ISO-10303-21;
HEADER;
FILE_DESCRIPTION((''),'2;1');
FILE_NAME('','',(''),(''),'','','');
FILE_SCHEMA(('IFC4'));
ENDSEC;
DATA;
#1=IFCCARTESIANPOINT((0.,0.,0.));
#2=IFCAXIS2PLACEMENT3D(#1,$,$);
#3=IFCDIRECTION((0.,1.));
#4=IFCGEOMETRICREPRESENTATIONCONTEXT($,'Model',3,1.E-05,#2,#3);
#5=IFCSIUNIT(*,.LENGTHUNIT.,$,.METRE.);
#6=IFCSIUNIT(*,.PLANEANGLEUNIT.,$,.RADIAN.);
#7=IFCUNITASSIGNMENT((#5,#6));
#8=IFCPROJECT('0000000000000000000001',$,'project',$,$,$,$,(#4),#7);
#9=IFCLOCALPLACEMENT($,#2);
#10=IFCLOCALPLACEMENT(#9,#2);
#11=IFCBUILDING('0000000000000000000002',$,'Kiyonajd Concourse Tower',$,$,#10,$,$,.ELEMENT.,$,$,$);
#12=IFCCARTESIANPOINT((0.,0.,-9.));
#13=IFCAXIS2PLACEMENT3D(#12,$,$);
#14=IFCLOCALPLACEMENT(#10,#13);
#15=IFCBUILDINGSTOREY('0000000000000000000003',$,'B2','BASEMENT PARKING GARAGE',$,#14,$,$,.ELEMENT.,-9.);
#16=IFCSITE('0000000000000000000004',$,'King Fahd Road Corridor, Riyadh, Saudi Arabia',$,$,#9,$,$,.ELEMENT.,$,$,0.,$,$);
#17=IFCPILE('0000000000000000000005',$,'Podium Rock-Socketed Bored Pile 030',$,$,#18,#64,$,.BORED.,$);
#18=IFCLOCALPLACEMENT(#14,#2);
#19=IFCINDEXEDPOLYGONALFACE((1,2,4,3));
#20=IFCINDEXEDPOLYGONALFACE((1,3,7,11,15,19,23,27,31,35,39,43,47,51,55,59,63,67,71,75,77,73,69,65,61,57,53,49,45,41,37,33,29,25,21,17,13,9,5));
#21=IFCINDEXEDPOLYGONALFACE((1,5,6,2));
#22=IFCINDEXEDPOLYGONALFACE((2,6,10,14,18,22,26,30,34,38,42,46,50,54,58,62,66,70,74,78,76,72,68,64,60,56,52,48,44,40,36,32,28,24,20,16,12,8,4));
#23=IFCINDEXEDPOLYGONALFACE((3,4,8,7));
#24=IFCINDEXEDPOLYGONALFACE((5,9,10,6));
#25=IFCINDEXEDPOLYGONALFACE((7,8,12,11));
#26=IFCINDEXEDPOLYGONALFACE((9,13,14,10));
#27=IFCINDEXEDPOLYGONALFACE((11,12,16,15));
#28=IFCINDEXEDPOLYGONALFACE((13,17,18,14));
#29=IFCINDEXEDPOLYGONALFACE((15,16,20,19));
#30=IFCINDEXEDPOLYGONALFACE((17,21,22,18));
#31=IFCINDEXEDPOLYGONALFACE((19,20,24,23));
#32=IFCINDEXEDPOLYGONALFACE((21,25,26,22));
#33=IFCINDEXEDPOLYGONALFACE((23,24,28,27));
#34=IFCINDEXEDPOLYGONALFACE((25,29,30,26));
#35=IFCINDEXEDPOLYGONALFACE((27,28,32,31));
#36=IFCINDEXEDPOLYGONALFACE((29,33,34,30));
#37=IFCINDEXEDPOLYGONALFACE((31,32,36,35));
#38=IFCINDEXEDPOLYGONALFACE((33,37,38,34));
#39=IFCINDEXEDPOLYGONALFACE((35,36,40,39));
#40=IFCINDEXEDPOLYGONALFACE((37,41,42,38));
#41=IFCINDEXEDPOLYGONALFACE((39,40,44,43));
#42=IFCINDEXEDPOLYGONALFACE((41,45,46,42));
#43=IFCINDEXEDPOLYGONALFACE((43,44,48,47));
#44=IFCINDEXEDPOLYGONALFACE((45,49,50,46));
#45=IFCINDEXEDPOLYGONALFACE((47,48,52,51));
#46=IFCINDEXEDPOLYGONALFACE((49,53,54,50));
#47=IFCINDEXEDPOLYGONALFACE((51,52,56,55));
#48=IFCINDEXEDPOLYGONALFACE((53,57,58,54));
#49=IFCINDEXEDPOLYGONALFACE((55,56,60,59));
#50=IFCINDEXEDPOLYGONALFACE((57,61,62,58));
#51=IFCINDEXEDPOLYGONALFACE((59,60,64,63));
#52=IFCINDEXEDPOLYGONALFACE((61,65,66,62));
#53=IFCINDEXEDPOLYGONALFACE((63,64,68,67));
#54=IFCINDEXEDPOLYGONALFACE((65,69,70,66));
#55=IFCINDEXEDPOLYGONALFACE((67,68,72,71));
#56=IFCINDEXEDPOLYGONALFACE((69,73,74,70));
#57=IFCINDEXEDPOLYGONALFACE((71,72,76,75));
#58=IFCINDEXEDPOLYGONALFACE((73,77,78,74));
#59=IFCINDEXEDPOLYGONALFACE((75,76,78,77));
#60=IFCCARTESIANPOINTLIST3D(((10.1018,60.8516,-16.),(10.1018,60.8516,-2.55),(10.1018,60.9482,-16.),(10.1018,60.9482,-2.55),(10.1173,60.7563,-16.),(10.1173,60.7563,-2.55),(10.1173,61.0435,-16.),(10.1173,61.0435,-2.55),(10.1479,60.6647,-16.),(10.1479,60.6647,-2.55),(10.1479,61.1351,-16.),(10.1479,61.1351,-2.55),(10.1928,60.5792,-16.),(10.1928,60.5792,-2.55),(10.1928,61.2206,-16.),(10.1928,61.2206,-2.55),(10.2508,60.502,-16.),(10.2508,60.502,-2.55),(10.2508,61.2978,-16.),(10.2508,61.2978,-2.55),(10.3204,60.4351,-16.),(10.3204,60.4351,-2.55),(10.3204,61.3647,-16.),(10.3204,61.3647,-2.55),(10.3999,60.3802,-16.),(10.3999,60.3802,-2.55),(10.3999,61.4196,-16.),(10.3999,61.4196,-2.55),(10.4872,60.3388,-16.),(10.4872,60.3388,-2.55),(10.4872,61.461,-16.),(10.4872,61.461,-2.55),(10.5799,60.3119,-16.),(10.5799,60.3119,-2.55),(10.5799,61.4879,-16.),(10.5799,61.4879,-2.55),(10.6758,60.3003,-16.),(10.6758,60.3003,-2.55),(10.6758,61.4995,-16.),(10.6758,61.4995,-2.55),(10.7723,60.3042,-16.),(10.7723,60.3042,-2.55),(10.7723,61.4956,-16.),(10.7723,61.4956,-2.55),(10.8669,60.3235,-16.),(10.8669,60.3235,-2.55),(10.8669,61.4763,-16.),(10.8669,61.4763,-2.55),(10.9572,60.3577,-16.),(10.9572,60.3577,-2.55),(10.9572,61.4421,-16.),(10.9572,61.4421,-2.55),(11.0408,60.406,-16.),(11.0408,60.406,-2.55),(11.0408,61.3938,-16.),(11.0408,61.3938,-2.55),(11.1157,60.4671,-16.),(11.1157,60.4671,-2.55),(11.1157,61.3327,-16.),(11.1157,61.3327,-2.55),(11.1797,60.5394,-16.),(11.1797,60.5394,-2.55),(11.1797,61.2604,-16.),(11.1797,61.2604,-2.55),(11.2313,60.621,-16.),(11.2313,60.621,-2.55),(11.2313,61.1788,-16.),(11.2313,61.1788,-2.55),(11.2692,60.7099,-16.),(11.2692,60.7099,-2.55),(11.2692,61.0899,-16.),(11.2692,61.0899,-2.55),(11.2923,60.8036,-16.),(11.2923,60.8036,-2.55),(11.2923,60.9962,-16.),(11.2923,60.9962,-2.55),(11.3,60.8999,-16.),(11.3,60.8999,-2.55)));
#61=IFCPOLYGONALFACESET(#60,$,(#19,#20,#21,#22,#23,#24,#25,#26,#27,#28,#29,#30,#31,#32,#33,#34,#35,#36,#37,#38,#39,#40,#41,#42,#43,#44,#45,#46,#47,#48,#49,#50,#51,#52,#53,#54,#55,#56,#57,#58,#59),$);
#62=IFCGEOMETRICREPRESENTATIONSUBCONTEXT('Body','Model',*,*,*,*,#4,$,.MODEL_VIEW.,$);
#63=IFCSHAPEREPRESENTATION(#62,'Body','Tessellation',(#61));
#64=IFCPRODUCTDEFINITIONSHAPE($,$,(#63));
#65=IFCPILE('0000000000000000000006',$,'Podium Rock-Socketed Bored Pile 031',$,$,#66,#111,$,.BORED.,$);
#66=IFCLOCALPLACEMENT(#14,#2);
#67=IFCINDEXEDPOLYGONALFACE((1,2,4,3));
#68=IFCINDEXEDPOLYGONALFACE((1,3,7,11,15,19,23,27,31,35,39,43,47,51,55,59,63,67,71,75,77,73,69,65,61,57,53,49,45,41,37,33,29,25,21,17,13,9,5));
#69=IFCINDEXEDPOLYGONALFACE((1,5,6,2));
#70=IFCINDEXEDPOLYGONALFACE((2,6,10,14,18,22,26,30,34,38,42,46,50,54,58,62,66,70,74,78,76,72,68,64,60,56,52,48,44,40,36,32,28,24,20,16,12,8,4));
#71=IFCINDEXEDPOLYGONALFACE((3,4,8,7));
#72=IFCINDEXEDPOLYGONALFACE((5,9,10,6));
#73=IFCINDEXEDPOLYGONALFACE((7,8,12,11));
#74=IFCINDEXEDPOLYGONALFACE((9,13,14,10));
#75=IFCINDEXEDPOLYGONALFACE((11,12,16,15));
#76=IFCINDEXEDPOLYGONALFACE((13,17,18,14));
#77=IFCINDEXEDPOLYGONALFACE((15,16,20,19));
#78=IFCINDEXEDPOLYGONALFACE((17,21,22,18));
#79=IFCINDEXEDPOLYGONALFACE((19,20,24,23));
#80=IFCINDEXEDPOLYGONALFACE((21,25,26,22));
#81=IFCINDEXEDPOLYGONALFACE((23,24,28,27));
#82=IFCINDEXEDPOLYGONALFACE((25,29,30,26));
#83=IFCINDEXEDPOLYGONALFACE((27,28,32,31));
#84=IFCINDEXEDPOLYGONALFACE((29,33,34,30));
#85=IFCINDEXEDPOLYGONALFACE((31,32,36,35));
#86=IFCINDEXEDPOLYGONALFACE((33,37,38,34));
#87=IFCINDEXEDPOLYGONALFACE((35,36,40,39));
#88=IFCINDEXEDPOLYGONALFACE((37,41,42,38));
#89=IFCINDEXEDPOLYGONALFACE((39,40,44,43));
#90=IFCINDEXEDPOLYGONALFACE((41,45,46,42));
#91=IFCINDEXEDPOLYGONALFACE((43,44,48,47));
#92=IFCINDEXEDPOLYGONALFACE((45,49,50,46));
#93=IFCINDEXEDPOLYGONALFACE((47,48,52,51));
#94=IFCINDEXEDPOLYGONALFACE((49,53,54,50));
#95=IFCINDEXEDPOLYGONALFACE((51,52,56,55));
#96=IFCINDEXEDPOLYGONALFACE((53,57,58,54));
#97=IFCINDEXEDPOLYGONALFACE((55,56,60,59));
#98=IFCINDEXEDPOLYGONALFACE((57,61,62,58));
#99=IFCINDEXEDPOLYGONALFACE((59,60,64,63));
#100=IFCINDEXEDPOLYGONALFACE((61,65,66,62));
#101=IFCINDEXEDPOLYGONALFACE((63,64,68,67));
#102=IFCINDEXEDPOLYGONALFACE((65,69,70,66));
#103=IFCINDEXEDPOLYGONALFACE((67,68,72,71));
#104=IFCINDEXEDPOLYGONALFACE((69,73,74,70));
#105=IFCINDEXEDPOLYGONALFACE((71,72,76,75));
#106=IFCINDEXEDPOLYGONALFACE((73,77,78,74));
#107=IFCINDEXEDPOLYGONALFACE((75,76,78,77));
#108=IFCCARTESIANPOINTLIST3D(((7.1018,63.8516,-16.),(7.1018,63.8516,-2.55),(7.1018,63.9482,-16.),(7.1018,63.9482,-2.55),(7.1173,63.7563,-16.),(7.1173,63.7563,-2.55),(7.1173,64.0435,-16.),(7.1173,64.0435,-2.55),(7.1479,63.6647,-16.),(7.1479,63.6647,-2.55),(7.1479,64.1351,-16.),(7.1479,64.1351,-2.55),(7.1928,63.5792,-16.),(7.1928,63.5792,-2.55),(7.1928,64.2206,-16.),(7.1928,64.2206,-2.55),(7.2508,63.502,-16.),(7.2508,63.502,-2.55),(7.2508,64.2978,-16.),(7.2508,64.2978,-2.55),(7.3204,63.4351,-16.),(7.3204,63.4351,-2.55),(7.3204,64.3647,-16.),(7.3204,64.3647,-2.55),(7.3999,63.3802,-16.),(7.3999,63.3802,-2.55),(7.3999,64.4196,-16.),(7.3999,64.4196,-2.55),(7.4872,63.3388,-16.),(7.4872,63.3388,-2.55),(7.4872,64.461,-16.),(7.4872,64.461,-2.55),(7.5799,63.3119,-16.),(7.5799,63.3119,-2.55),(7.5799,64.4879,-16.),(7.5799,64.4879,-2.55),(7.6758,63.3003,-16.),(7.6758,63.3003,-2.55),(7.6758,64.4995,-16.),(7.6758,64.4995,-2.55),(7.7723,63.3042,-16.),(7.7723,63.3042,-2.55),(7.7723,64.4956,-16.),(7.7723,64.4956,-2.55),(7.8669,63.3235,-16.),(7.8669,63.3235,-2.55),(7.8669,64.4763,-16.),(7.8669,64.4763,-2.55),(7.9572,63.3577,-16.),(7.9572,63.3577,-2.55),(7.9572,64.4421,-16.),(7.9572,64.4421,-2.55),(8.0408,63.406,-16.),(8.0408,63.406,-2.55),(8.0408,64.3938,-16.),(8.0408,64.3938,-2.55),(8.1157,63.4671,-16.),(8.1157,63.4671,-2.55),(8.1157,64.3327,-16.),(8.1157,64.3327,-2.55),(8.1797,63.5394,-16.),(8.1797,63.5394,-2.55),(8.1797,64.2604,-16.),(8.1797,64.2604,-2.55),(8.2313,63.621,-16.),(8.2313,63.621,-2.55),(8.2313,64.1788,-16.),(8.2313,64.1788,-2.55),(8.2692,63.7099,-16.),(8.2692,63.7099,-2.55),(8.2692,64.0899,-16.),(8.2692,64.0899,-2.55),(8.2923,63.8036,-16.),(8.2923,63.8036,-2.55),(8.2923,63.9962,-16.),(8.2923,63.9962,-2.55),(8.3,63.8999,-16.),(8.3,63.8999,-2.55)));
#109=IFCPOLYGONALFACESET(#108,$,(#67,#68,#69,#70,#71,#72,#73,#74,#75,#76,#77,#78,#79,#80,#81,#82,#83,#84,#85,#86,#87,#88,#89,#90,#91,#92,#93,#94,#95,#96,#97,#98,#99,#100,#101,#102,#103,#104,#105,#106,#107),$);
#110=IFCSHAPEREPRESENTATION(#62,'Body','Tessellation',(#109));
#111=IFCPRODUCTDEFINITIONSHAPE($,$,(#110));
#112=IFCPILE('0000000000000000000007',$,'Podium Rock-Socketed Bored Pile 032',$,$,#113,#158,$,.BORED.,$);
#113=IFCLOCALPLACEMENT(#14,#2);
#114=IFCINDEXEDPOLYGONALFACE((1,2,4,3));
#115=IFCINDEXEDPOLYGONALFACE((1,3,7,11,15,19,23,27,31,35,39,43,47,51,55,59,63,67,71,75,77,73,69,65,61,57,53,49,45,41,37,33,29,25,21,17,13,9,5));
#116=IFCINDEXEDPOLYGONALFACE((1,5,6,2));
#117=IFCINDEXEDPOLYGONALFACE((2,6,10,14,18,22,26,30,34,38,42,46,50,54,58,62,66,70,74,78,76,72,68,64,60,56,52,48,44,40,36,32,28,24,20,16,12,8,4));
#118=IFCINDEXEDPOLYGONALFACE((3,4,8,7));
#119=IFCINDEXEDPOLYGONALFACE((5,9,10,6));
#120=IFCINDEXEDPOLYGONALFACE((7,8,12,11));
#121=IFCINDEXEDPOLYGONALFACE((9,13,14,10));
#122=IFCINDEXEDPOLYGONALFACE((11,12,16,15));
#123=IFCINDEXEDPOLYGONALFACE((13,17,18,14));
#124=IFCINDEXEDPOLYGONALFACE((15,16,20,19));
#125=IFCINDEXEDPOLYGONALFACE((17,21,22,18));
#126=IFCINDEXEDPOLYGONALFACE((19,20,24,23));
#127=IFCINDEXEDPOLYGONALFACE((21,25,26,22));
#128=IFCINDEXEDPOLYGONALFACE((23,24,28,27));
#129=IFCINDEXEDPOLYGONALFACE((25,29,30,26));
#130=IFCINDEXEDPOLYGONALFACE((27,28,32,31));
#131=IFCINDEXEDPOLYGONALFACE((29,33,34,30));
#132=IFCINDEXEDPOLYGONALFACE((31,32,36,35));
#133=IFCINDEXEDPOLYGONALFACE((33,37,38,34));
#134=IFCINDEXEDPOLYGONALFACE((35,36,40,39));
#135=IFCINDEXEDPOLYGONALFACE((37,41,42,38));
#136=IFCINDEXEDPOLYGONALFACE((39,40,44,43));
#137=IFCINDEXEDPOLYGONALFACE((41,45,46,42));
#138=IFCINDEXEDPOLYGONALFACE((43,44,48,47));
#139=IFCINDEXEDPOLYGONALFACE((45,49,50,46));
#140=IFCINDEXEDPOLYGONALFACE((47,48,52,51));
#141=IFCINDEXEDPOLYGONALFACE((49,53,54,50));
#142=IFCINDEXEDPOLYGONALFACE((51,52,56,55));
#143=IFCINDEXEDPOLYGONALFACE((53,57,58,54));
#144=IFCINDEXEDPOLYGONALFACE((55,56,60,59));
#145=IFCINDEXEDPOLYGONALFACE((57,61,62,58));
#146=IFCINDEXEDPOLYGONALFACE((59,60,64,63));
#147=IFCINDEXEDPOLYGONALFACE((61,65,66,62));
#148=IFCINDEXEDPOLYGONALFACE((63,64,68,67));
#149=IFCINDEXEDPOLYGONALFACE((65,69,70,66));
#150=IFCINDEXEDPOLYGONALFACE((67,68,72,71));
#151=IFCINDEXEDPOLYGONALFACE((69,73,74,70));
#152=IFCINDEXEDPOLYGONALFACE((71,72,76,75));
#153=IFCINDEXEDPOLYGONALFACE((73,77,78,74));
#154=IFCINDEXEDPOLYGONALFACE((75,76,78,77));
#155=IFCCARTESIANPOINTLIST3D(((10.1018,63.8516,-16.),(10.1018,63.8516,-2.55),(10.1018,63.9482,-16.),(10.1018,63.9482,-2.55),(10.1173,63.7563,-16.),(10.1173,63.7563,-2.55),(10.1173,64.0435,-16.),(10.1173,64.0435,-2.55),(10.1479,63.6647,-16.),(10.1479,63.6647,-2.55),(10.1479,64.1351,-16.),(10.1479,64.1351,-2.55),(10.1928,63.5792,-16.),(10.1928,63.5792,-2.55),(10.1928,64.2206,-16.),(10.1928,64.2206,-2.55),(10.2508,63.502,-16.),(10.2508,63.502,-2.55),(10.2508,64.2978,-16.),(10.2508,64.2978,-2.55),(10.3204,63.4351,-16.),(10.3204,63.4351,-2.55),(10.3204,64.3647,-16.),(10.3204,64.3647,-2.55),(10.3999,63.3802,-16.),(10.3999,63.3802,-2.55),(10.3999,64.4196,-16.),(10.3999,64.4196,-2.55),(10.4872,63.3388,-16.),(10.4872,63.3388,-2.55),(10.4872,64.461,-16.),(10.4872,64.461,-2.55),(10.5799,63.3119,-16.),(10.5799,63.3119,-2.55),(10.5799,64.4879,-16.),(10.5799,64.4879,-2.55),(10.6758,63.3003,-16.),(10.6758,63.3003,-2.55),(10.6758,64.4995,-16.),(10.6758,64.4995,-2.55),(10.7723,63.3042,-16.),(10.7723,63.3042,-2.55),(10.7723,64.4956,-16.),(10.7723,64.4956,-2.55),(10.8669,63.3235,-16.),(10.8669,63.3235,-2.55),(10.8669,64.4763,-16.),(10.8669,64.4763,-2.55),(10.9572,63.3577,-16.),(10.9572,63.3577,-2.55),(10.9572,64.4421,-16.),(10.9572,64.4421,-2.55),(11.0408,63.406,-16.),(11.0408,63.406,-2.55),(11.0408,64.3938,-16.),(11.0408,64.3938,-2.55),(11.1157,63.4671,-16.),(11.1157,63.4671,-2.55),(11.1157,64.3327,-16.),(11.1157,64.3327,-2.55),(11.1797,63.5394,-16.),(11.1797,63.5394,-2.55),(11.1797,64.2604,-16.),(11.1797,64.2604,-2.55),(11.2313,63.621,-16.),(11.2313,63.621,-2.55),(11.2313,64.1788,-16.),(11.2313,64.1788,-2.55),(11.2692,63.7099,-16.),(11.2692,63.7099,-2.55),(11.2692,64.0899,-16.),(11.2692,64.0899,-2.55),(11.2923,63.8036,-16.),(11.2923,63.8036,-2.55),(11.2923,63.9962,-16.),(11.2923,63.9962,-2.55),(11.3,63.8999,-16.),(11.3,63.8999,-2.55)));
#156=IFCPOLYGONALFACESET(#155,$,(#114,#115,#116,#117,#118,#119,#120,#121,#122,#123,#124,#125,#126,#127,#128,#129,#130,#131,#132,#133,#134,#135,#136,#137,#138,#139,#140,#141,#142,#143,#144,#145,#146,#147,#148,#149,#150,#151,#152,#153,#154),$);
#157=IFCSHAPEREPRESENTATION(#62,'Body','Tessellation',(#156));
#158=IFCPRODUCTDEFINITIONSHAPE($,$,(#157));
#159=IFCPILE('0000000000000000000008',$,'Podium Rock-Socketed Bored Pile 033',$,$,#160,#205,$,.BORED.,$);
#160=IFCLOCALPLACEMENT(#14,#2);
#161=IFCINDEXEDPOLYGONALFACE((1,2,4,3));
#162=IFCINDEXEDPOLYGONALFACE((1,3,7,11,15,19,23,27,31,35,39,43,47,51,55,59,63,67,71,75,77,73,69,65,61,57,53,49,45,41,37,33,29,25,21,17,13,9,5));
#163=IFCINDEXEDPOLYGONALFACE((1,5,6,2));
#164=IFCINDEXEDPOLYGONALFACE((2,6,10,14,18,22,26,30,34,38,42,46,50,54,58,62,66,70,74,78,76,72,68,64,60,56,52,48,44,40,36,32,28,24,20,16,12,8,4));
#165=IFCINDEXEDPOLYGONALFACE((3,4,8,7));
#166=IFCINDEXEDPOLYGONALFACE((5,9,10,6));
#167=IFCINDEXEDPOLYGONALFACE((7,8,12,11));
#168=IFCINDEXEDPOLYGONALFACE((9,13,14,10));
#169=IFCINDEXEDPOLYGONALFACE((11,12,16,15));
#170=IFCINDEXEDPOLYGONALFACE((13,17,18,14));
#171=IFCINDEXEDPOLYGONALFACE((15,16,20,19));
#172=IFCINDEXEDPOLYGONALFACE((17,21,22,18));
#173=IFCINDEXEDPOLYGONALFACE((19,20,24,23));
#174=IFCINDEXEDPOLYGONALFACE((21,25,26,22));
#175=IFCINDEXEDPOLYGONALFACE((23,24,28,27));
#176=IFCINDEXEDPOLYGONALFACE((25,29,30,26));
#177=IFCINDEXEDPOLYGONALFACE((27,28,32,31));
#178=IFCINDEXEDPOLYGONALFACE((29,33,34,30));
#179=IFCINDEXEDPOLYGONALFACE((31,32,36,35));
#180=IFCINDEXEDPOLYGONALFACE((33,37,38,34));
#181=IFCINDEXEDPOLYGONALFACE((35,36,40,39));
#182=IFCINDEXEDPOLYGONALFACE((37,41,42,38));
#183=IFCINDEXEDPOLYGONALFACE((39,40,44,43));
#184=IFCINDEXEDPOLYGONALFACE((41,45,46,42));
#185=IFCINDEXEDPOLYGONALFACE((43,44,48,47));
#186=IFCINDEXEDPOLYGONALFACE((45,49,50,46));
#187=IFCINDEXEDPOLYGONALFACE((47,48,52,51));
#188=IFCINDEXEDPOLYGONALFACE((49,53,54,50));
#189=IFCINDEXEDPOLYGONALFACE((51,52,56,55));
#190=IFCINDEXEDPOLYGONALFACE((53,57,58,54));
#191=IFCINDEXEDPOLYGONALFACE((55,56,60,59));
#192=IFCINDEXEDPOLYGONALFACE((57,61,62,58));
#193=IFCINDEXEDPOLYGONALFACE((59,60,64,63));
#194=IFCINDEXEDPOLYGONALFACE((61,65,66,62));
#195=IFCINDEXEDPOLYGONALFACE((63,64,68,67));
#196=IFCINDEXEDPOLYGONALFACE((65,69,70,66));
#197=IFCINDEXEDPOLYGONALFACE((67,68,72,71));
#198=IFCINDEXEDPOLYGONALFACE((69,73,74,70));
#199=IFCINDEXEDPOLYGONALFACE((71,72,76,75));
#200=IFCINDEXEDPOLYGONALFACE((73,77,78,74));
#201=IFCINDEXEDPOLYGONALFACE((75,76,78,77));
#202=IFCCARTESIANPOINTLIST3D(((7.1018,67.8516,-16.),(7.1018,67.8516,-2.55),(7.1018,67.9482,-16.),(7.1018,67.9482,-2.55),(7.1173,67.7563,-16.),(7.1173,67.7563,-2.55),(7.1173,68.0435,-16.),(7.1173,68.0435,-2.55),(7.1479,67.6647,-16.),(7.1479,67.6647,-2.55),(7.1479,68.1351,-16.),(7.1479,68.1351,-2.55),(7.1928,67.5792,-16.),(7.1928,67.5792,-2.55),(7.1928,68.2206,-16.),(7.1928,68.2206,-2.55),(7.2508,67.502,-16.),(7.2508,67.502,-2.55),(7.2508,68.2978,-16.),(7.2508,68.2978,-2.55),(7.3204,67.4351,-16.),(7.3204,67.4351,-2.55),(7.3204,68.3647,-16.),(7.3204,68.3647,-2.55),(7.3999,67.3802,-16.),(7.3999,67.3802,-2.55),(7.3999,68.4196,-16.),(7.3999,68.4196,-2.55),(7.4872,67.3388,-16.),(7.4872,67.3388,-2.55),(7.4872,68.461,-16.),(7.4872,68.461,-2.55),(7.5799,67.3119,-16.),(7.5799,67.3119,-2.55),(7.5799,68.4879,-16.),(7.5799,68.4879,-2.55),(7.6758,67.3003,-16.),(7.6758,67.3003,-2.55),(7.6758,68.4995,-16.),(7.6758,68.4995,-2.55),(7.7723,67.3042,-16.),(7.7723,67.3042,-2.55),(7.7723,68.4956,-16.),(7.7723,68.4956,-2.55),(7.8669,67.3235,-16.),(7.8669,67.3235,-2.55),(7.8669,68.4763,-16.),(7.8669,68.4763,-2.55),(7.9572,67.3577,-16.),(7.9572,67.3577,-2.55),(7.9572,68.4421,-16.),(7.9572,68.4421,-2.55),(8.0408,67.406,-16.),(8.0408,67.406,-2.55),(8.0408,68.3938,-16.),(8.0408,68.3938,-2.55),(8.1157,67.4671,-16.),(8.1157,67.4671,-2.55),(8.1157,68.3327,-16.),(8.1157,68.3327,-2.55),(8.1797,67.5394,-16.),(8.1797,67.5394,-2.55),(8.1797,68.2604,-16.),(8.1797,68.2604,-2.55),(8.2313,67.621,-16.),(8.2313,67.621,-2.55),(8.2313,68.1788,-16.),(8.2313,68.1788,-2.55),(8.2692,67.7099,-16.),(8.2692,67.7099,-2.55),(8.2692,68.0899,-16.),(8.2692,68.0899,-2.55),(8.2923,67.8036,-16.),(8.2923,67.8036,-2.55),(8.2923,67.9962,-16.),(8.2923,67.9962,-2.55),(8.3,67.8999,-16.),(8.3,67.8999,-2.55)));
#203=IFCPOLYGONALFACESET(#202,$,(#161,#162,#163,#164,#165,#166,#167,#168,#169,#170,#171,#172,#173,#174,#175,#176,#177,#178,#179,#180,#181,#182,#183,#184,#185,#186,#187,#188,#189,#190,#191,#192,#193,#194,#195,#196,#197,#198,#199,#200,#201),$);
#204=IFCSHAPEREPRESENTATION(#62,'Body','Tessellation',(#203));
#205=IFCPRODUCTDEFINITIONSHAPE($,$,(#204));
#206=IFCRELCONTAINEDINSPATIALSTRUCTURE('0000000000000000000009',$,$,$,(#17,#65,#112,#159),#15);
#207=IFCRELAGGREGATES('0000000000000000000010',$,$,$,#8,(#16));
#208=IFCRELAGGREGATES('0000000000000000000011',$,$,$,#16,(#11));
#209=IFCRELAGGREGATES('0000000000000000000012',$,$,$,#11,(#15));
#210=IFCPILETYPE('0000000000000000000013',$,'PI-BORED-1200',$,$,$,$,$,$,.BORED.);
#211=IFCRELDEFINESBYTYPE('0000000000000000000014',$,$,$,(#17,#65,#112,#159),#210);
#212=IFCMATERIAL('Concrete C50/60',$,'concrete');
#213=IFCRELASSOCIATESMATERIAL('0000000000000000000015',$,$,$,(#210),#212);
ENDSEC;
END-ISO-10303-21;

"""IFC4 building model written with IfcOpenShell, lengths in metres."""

from ifc_helpers import new_model, si_unit, direction, frame, origin, origin_2d, place, context, subcontext, project, spatial, circle, extrude, material, material_profile, profile_set, type_object, element, save


model = new_model("IFC4")

# Units and contexts
model_context = context("Model", 3, precision=1e-05, world=origin(), true_north=direction((0.0, 1.0)))
body_context = subcontext(model_context, "Body", "Model", "MODEL_VIEW")
ifc_project = project(units=[si_unit("LENGTHUNIT", "METRE"), si_unit("PLANEANGLEUNIT", "RADIAN")], contexts=[model_context])

# Site, building, storey
site_placement = place(None, origin())
site = spatial("IfcSite", under=ifc_project, at=site_placement, Name="King Fahd Road Corridor, Riyadh, Saudi Arabia", CompositionType="ELEMENT", RefElevation=0.0)
building_placement = place(site_placement, origin())
building = spatial("IfcBuilding", under=site, at=building_placement, Name="Kiyonajd Concourse Tower", CompositionType="ELEMENT")
storey_placement = place(building_placement, frame((0.0, 0.0, -9.0)))
storey = spatial("IfcBuildingStorey", under=building, at=storey_placement, Name="B2", Description="BASEMENT PARKING GARAGE", CompositionType="ELEMENT", Elevation=-9.0)

# Shared definitions
ifc_material_1 = material(Name="Concrete C50/60", Category="concrete")

# Piles
ifc_material_profile_1 = material_profile(ifc_material_1, circle(Radius=0.6001, at=origin_2d()), Name="PILE-D1200")
ifc_profile_set_1 = profile_set([ifc_material_profile_1], Name="Concrete C50/60")
pile_type = type_object("IfcPileType", Name="PI-BORED-1200", PredefinedType="BORED", material=ifc_profile_set_1)
for number, where, z_axis, x_axis, name in (
    (1, (10.7, 60.8999, -2.55), (0.0, 0.0, -1.0), (1.0, 0.0, 0.0), "Podium Rock-Socketed Bored Pile 030"),
    (2, (7.7, 63.8999, -2.55), (0.0, 0.0, -1.0), (1.0, 0.0, 0.0), "Podium Rock-Socketed Bored Pile 031"),
    (3, (10.7, 63.8999, -2.55), (0.0, 0.0, -1.0), (1.0, 0.0, 0.0), "Podium Rock-Socketed Bored Pile 032"),
    (4, (7.7, 67.8999, -2.55), (0.0, 0.0, -1.0), (1.0, 0.0, 0.0), "Podium Rock-Socketed Bored Pile 033"),
):
    element("IfcPile", number, at=place(storey_placement, frame(where, z_axis=z_axis, x_axis=x_axis)), inside=storey, type_object=pile_type, Name=name, PredefinedType="BORED", context=body_context, shape_type="SweptSolid", body=[
        extrude(circle(Radius=0.6001, at=origin_2d()), origin(), (0.0, 0.0, 1.0), 13.45),
    ])

save(model, "model.ifc")
